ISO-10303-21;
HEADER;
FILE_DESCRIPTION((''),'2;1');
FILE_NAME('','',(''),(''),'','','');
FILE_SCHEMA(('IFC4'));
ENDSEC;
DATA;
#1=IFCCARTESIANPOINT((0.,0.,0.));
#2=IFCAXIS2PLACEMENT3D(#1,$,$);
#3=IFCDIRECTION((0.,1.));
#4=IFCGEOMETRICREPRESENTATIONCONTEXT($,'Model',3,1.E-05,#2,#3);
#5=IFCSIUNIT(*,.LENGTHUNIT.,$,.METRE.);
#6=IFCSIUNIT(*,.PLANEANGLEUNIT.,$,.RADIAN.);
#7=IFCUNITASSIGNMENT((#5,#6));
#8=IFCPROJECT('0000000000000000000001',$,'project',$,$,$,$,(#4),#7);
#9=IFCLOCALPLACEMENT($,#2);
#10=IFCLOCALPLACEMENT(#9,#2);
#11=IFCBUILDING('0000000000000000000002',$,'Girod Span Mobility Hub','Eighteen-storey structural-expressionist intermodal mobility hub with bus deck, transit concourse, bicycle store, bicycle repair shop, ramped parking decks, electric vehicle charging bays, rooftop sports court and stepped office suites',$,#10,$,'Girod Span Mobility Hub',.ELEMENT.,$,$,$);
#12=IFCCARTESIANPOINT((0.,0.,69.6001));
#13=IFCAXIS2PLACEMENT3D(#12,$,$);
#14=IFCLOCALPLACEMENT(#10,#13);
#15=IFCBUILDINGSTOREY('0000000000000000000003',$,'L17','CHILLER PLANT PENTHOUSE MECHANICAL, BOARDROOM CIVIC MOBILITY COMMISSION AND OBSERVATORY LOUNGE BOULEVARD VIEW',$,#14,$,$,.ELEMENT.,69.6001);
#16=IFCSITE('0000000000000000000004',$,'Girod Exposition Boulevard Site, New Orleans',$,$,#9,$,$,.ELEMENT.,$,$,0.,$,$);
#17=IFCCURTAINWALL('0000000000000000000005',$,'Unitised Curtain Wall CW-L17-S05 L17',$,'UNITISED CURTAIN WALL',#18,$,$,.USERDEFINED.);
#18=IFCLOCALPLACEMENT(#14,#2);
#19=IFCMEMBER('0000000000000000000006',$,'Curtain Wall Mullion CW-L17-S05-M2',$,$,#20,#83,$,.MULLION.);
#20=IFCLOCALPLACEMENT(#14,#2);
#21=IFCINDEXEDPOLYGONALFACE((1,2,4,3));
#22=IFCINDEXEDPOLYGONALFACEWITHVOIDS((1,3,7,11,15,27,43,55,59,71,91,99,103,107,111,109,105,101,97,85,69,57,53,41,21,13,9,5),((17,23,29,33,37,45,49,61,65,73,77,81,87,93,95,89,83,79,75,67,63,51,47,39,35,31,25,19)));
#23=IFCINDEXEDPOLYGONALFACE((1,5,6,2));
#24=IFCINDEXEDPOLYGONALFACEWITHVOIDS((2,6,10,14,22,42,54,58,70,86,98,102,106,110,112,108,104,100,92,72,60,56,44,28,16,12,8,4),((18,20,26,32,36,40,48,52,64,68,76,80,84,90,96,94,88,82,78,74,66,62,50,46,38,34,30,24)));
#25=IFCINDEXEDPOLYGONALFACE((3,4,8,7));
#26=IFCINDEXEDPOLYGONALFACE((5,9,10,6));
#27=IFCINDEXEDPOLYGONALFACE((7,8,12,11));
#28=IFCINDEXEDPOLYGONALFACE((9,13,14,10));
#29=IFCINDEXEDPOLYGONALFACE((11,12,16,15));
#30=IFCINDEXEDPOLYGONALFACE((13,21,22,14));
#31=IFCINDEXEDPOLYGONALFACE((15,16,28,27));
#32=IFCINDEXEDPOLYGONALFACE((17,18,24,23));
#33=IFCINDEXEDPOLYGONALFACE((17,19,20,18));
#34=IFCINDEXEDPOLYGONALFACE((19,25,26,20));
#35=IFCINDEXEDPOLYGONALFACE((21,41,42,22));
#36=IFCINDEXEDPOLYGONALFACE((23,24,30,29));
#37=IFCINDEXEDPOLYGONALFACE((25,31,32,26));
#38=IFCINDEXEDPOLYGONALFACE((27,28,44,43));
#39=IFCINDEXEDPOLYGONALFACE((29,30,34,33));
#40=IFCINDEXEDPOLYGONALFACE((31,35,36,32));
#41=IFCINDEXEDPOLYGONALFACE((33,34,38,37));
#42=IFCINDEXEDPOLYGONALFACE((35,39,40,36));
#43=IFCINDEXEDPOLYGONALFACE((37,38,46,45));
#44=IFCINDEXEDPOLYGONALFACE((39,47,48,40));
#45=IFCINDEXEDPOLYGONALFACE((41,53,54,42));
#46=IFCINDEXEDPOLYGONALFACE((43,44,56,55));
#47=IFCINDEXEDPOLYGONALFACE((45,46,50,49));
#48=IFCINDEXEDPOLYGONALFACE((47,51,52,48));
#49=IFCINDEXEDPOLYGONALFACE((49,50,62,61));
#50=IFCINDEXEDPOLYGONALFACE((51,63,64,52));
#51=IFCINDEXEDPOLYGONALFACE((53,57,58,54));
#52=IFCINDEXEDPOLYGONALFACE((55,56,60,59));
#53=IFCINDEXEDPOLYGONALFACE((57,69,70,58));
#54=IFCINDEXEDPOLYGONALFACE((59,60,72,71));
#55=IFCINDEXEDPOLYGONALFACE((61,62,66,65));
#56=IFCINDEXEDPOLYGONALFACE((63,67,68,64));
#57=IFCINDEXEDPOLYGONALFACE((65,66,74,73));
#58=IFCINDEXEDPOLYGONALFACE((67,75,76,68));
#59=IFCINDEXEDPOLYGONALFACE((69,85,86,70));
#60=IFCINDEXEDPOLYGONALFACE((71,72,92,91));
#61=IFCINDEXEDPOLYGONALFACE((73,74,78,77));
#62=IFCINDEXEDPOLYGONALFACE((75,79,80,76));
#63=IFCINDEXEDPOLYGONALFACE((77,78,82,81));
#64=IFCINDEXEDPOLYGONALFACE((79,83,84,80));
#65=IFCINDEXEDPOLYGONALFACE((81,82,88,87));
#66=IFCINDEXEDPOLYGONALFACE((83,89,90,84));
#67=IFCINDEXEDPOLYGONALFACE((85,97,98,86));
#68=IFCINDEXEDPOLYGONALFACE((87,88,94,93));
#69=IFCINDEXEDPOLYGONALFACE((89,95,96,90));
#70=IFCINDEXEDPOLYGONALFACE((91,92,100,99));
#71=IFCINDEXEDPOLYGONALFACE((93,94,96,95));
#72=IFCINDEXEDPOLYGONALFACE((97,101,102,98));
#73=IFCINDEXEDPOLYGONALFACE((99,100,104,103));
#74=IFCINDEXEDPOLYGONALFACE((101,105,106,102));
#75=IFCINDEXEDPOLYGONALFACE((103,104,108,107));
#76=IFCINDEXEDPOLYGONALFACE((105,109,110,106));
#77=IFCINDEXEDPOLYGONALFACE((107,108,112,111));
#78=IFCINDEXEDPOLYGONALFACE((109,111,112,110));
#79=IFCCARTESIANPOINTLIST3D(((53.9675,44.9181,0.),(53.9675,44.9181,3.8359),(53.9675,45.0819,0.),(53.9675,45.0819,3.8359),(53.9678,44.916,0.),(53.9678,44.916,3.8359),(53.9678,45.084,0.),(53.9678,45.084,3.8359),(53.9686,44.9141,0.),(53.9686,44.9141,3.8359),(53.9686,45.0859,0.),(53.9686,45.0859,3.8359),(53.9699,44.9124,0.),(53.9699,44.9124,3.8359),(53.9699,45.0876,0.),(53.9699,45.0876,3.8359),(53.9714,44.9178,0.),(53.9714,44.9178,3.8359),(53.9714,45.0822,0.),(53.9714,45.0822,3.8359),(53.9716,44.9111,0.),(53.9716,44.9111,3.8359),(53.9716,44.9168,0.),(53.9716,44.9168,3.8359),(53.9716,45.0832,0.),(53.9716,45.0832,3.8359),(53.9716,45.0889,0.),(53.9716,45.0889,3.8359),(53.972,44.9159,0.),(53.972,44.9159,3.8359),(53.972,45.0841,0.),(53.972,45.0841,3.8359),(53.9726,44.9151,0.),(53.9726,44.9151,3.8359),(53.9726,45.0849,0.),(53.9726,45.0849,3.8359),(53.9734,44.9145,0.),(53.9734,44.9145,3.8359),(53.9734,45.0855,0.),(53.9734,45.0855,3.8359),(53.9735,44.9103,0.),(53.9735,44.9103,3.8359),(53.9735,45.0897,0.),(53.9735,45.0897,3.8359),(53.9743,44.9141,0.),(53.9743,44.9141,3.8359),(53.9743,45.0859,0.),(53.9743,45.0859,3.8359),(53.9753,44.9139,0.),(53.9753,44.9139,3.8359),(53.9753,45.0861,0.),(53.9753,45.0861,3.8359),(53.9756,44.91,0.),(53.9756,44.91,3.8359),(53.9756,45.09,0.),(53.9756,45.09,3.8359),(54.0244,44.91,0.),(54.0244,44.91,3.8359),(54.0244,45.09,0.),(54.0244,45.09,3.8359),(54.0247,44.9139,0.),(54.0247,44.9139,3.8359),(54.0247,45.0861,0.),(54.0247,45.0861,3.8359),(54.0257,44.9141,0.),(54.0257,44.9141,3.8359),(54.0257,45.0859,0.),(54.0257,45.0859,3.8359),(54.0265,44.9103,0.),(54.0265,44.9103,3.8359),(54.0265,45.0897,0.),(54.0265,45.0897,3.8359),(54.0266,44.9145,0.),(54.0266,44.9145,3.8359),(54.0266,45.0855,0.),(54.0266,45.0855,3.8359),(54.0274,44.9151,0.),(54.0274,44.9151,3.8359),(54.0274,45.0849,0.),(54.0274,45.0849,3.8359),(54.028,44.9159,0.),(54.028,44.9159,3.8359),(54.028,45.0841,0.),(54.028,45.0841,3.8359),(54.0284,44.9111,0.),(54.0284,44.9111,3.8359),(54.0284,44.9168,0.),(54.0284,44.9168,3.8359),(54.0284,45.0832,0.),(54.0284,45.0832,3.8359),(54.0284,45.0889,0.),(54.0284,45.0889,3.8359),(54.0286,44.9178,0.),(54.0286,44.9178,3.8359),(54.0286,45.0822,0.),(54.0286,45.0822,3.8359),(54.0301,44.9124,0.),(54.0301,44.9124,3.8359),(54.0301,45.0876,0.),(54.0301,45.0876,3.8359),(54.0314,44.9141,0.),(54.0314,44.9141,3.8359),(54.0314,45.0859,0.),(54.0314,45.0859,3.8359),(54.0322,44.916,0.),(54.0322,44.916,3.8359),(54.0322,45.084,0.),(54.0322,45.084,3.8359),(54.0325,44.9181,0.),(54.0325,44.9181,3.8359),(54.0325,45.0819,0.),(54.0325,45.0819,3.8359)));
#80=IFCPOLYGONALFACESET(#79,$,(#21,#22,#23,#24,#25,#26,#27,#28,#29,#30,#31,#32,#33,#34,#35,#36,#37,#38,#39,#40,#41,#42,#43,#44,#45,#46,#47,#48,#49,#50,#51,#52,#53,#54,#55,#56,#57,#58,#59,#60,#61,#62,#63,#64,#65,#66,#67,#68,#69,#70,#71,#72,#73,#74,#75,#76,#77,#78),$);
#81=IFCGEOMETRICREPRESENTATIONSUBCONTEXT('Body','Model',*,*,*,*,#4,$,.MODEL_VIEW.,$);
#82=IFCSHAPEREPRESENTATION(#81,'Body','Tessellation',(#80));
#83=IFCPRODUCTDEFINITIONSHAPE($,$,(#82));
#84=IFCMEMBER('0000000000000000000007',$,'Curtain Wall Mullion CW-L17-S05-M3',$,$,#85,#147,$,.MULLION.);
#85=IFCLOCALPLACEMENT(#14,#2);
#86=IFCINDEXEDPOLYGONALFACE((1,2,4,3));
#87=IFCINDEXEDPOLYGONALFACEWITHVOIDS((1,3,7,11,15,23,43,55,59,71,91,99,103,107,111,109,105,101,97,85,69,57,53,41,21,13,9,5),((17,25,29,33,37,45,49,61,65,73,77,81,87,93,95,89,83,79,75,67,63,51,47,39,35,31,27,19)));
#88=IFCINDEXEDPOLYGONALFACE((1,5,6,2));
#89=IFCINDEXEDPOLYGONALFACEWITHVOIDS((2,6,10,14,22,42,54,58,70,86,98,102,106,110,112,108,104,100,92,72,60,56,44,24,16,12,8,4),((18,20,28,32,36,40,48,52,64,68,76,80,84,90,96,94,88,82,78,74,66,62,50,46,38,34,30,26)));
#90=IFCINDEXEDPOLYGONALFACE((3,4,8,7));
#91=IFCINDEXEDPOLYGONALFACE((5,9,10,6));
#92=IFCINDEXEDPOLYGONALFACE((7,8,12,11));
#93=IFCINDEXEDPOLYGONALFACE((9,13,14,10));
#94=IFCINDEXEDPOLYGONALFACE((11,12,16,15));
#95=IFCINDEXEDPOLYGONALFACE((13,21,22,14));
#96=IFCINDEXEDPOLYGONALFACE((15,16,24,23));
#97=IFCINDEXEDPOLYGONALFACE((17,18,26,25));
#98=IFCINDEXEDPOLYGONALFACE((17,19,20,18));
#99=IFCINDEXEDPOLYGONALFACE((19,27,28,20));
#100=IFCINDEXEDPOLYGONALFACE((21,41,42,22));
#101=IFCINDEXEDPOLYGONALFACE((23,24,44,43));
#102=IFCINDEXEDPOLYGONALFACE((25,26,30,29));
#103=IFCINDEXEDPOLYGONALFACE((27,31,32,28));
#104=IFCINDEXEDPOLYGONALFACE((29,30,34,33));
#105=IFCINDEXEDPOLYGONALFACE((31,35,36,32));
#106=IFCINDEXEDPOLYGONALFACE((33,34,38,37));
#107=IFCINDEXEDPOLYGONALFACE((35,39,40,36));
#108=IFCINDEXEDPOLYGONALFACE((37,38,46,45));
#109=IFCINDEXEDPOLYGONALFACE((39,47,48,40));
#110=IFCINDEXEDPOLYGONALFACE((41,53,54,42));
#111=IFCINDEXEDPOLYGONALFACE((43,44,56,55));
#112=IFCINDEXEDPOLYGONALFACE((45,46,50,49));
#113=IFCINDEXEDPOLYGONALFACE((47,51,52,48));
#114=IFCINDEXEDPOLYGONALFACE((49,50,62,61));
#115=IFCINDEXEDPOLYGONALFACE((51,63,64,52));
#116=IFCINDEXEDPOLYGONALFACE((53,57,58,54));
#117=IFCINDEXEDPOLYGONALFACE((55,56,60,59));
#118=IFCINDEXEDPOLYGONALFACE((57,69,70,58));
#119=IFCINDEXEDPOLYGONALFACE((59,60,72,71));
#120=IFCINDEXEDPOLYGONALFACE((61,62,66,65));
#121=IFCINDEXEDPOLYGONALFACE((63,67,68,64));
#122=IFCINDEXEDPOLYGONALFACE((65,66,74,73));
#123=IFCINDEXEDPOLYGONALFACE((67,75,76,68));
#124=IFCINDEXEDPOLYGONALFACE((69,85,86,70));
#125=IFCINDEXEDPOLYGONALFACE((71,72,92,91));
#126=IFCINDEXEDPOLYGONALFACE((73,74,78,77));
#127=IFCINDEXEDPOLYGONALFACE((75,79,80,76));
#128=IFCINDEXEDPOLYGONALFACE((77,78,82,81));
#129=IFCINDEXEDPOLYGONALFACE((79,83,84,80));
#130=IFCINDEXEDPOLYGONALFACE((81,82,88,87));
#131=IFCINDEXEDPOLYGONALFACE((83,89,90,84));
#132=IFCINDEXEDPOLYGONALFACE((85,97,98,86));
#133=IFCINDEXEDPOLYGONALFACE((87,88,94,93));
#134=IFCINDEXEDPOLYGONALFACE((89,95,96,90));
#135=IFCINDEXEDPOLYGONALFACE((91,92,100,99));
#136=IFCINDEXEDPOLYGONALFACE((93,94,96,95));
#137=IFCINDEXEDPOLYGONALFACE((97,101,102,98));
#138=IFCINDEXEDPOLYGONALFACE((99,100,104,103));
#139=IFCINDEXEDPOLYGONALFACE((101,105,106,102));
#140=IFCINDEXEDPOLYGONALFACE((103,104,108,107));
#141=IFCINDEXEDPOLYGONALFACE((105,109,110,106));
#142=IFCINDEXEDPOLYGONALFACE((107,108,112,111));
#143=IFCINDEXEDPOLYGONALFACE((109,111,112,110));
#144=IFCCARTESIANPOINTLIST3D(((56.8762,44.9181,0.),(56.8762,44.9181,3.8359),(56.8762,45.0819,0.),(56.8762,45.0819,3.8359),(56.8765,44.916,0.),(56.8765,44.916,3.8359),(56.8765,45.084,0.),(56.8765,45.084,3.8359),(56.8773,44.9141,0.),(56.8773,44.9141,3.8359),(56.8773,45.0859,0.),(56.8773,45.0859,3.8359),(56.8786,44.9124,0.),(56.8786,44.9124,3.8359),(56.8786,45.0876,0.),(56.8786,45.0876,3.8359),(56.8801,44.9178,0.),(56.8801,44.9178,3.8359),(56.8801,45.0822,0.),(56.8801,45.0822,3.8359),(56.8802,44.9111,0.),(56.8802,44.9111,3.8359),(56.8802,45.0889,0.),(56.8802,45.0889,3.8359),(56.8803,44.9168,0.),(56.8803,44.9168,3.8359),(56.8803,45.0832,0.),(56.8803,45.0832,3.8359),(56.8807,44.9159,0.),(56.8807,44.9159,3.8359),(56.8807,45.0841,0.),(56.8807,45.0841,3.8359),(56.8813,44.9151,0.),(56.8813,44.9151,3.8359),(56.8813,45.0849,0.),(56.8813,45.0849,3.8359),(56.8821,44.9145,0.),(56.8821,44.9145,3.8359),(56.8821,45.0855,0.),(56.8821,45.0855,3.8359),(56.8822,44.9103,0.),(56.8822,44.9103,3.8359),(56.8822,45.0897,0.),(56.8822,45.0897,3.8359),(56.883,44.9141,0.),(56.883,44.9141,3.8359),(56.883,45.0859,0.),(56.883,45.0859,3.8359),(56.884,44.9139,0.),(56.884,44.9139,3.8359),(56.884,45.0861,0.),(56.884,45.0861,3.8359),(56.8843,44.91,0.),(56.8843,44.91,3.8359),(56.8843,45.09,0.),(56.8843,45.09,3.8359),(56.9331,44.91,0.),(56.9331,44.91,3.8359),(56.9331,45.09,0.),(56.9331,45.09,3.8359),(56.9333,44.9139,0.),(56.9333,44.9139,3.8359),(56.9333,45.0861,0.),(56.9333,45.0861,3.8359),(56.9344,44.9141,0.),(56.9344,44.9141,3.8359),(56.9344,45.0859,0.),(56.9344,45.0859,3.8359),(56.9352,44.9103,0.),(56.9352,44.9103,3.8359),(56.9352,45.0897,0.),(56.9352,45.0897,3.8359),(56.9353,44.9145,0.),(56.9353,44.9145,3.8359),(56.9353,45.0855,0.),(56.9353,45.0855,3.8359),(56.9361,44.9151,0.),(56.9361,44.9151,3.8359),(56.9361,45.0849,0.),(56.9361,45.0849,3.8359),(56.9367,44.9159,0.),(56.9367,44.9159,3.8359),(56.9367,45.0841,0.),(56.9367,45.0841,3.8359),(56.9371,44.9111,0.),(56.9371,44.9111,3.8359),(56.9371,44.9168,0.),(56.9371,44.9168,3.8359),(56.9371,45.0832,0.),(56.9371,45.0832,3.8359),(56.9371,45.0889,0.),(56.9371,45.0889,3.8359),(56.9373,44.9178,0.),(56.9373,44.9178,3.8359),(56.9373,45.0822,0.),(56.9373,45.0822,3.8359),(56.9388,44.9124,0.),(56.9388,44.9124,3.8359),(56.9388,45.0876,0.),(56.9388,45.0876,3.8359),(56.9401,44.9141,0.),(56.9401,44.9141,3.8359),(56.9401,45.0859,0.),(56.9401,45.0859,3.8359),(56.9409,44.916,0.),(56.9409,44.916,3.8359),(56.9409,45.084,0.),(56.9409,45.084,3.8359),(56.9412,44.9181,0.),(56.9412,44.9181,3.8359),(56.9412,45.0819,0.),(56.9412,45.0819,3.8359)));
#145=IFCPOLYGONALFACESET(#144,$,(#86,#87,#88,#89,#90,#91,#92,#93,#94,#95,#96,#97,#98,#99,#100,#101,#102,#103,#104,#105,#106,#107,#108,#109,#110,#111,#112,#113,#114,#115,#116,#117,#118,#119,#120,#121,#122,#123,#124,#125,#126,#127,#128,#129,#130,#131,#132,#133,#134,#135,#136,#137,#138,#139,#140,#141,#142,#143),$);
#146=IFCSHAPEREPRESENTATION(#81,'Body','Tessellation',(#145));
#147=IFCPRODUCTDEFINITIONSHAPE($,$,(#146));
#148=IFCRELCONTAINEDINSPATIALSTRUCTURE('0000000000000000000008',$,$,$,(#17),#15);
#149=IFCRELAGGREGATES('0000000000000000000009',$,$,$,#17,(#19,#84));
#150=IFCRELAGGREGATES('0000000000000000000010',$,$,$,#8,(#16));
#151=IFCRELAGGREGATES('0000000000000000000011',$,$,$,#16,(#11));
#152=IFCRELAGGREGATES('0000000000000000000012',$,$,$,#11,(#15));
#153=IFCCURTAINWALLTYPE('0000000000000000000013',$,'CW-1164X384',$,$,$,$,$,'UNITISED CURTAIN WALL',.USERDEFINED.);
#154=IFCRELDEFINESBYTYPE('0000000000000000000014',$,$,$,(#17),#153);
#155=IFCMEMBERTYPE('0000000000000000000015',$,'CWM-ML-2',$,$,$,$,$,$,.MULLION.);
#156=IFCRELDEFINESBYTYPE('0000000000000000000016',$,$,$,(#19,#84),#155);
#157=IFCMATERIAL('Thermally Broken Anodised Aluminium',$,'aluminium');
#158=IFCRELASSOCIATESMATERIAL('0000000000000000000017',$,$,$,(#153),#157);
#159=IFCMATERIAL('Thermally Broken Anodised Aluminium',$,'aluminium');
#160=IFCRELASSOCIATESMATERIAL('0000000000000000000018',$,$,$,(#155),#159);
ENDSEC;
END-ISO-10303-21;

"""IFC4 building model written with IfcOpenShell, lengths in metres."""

from ifc_helpers import new_model, si_unit, direction, frame, origin, origin_2d, place, context, subcontext, project, spatial, hollow_rectangle, extrude, material, material_profile, profile_set, type_object, element, aggregate, save


model = new_model("IFC4")

# Units and contexts
model_context = context("Model", 3, precision=1e-05, world=origin(), true_north=direction((0.0, 1.0)))
body_context = subcontext(model_context, "Body", "Model", "MODEL_VIEW")
ifc_project = project(units=[si_unit("LENGTHUNIT", "METRE"), si_unit("PLANEANGLEUNIT", "RADIAN")], contexts=[model_context])

# Site, building, storey
site_placement = place(None, origin())
site = spatial("IfcSite", under=ifc_project, at=site_placement, Name="Girod Exposition Boulevard Site, New Orleans", CompositionType="ELEMENT", RefElevation=0.0)
building_placement = place(site_placement, origin())
building = spatial("IfcBuilding", under=site, at=building_placement, Name="Girod Span Mobility Hub", Description="Eighteen-storey structural-expressionist intermodal mobility hub with bus deck, transit concourse, bicycle store, bicycle repair shop, ramped parking decks, electric vehicle charging bays, rooftop sports court and stepped office suites", LongName="Girod Span Mobility Hub", CompositionType="ELEMENT")
storey_placement = place(building_placement, frame((0.0, 0.0, 69.6001)))
storey = spatial("IfcBuildingStorey", under=building, at=storey_placement, Name="L17", Description="CHILLER PLANT PENTHOUSE MECHANICAL, BOARDROOM CIVIC MOBILITY COMMISSION AND OBSERVATORY LOUNGE BOULEVARD VIEW", CompositionType="ELEMENT", Elevation=69.6001)

# Curtain wall, members
ifc_material_1 = material(Name="Thermally Broken Anodised Aluminium", Category="aluminium")
curtain_wall_type = type_object("IfcCurtainWallType", Name="CW-1164X384", ElementType="UNITISED CURTAIN WALL", PredefinedType="USERDEFINED", material=ifc_material_1)
curtain_wall_1_placement = place(storey_placement, origin())
curtain_wall_1 = element("IfcCurtainWall", 1, at=curtain_wall_1_placement, inside=storey, type_object=curtain_wall_type, Name="Unitised Curtain Wall CW-L17-S05 L17", ObjectType="UNITISED CURTAIN WALL", PredefinedType="USERDEFINED")
ifc_material_2 = material(Name="Thermally Broken Anodised Aluminium", Category="aluminium")
ifc_material_profile_1 = material_profile(ifc_material_2, hollow_rectangle(XDim=0.1799, YDim=0.0649, WallThickness=0.0039, InnerFilletRadius=0.0039, OuterFilletRadius=0.0081, at=origin_2d()), Name="CW-ML-65X180")
ifc_profile_set_1 = profile_set([ifc_material_profile_1], Name="Thermally Broken Anodised Aluminium")
member_type_1 = type_object("IfcMemberType", Name="CWM-ML-2", PredefinedType="MULLION", material=ifc_profile_set_1)
member_1_placement = place(storey_placement, frame((54.0, 45.0, 0.0), z_axis=(0.0, 0.0, 1.0), x_axis=(0.0, 1.0, 0.0)))
member_1 = element("IfcMember", 2, at=member_1_placement, type_object=member_type_1, Name="Curtain Wall Mullion CW-L17-S05-M2", PredefinedType="MULLION", context=body_context, shape_type="SweptSolid", body=[
    extrude(hollow_rectangle(XDim=0.1799, YDim=0.0649, WallThickness=0.0039, InnerFilletRadius=0.0039, OuterFilletRadius=0.0081, at=origin_2d()), origin(), (0.0, 0.0, 1.0), 3.8359),
])
member_2_placement = place(storey_placement, frame((56.9087, 45.0, 0.0), z_axis=(0.0, 0.0, 1.0), x_axis=(0.0, 1.0, 0.0)))
member_2 = element("IfcMember", 3, at=member_2_placement, type_object=member_type_1, Name="Curtain Wall Mullion CW-L17-S05-M3", PredefinedType="MULLION", context=body_context, shape_type="SweptSolid", body=[
    extrude(hollow_rectangle(XDim=0.1799, YDim=0.0649, WallThickness=0.0039, InnerFilletRadius=0.0039, OuterFilletRadius=0.0081, at=origin_2d()), origin(), (0.0, 0.0, 1.0), 3.8359),
])

aggregate(curtain_wall_1, [member_1, member_2])

save(model, "model.ifc")
